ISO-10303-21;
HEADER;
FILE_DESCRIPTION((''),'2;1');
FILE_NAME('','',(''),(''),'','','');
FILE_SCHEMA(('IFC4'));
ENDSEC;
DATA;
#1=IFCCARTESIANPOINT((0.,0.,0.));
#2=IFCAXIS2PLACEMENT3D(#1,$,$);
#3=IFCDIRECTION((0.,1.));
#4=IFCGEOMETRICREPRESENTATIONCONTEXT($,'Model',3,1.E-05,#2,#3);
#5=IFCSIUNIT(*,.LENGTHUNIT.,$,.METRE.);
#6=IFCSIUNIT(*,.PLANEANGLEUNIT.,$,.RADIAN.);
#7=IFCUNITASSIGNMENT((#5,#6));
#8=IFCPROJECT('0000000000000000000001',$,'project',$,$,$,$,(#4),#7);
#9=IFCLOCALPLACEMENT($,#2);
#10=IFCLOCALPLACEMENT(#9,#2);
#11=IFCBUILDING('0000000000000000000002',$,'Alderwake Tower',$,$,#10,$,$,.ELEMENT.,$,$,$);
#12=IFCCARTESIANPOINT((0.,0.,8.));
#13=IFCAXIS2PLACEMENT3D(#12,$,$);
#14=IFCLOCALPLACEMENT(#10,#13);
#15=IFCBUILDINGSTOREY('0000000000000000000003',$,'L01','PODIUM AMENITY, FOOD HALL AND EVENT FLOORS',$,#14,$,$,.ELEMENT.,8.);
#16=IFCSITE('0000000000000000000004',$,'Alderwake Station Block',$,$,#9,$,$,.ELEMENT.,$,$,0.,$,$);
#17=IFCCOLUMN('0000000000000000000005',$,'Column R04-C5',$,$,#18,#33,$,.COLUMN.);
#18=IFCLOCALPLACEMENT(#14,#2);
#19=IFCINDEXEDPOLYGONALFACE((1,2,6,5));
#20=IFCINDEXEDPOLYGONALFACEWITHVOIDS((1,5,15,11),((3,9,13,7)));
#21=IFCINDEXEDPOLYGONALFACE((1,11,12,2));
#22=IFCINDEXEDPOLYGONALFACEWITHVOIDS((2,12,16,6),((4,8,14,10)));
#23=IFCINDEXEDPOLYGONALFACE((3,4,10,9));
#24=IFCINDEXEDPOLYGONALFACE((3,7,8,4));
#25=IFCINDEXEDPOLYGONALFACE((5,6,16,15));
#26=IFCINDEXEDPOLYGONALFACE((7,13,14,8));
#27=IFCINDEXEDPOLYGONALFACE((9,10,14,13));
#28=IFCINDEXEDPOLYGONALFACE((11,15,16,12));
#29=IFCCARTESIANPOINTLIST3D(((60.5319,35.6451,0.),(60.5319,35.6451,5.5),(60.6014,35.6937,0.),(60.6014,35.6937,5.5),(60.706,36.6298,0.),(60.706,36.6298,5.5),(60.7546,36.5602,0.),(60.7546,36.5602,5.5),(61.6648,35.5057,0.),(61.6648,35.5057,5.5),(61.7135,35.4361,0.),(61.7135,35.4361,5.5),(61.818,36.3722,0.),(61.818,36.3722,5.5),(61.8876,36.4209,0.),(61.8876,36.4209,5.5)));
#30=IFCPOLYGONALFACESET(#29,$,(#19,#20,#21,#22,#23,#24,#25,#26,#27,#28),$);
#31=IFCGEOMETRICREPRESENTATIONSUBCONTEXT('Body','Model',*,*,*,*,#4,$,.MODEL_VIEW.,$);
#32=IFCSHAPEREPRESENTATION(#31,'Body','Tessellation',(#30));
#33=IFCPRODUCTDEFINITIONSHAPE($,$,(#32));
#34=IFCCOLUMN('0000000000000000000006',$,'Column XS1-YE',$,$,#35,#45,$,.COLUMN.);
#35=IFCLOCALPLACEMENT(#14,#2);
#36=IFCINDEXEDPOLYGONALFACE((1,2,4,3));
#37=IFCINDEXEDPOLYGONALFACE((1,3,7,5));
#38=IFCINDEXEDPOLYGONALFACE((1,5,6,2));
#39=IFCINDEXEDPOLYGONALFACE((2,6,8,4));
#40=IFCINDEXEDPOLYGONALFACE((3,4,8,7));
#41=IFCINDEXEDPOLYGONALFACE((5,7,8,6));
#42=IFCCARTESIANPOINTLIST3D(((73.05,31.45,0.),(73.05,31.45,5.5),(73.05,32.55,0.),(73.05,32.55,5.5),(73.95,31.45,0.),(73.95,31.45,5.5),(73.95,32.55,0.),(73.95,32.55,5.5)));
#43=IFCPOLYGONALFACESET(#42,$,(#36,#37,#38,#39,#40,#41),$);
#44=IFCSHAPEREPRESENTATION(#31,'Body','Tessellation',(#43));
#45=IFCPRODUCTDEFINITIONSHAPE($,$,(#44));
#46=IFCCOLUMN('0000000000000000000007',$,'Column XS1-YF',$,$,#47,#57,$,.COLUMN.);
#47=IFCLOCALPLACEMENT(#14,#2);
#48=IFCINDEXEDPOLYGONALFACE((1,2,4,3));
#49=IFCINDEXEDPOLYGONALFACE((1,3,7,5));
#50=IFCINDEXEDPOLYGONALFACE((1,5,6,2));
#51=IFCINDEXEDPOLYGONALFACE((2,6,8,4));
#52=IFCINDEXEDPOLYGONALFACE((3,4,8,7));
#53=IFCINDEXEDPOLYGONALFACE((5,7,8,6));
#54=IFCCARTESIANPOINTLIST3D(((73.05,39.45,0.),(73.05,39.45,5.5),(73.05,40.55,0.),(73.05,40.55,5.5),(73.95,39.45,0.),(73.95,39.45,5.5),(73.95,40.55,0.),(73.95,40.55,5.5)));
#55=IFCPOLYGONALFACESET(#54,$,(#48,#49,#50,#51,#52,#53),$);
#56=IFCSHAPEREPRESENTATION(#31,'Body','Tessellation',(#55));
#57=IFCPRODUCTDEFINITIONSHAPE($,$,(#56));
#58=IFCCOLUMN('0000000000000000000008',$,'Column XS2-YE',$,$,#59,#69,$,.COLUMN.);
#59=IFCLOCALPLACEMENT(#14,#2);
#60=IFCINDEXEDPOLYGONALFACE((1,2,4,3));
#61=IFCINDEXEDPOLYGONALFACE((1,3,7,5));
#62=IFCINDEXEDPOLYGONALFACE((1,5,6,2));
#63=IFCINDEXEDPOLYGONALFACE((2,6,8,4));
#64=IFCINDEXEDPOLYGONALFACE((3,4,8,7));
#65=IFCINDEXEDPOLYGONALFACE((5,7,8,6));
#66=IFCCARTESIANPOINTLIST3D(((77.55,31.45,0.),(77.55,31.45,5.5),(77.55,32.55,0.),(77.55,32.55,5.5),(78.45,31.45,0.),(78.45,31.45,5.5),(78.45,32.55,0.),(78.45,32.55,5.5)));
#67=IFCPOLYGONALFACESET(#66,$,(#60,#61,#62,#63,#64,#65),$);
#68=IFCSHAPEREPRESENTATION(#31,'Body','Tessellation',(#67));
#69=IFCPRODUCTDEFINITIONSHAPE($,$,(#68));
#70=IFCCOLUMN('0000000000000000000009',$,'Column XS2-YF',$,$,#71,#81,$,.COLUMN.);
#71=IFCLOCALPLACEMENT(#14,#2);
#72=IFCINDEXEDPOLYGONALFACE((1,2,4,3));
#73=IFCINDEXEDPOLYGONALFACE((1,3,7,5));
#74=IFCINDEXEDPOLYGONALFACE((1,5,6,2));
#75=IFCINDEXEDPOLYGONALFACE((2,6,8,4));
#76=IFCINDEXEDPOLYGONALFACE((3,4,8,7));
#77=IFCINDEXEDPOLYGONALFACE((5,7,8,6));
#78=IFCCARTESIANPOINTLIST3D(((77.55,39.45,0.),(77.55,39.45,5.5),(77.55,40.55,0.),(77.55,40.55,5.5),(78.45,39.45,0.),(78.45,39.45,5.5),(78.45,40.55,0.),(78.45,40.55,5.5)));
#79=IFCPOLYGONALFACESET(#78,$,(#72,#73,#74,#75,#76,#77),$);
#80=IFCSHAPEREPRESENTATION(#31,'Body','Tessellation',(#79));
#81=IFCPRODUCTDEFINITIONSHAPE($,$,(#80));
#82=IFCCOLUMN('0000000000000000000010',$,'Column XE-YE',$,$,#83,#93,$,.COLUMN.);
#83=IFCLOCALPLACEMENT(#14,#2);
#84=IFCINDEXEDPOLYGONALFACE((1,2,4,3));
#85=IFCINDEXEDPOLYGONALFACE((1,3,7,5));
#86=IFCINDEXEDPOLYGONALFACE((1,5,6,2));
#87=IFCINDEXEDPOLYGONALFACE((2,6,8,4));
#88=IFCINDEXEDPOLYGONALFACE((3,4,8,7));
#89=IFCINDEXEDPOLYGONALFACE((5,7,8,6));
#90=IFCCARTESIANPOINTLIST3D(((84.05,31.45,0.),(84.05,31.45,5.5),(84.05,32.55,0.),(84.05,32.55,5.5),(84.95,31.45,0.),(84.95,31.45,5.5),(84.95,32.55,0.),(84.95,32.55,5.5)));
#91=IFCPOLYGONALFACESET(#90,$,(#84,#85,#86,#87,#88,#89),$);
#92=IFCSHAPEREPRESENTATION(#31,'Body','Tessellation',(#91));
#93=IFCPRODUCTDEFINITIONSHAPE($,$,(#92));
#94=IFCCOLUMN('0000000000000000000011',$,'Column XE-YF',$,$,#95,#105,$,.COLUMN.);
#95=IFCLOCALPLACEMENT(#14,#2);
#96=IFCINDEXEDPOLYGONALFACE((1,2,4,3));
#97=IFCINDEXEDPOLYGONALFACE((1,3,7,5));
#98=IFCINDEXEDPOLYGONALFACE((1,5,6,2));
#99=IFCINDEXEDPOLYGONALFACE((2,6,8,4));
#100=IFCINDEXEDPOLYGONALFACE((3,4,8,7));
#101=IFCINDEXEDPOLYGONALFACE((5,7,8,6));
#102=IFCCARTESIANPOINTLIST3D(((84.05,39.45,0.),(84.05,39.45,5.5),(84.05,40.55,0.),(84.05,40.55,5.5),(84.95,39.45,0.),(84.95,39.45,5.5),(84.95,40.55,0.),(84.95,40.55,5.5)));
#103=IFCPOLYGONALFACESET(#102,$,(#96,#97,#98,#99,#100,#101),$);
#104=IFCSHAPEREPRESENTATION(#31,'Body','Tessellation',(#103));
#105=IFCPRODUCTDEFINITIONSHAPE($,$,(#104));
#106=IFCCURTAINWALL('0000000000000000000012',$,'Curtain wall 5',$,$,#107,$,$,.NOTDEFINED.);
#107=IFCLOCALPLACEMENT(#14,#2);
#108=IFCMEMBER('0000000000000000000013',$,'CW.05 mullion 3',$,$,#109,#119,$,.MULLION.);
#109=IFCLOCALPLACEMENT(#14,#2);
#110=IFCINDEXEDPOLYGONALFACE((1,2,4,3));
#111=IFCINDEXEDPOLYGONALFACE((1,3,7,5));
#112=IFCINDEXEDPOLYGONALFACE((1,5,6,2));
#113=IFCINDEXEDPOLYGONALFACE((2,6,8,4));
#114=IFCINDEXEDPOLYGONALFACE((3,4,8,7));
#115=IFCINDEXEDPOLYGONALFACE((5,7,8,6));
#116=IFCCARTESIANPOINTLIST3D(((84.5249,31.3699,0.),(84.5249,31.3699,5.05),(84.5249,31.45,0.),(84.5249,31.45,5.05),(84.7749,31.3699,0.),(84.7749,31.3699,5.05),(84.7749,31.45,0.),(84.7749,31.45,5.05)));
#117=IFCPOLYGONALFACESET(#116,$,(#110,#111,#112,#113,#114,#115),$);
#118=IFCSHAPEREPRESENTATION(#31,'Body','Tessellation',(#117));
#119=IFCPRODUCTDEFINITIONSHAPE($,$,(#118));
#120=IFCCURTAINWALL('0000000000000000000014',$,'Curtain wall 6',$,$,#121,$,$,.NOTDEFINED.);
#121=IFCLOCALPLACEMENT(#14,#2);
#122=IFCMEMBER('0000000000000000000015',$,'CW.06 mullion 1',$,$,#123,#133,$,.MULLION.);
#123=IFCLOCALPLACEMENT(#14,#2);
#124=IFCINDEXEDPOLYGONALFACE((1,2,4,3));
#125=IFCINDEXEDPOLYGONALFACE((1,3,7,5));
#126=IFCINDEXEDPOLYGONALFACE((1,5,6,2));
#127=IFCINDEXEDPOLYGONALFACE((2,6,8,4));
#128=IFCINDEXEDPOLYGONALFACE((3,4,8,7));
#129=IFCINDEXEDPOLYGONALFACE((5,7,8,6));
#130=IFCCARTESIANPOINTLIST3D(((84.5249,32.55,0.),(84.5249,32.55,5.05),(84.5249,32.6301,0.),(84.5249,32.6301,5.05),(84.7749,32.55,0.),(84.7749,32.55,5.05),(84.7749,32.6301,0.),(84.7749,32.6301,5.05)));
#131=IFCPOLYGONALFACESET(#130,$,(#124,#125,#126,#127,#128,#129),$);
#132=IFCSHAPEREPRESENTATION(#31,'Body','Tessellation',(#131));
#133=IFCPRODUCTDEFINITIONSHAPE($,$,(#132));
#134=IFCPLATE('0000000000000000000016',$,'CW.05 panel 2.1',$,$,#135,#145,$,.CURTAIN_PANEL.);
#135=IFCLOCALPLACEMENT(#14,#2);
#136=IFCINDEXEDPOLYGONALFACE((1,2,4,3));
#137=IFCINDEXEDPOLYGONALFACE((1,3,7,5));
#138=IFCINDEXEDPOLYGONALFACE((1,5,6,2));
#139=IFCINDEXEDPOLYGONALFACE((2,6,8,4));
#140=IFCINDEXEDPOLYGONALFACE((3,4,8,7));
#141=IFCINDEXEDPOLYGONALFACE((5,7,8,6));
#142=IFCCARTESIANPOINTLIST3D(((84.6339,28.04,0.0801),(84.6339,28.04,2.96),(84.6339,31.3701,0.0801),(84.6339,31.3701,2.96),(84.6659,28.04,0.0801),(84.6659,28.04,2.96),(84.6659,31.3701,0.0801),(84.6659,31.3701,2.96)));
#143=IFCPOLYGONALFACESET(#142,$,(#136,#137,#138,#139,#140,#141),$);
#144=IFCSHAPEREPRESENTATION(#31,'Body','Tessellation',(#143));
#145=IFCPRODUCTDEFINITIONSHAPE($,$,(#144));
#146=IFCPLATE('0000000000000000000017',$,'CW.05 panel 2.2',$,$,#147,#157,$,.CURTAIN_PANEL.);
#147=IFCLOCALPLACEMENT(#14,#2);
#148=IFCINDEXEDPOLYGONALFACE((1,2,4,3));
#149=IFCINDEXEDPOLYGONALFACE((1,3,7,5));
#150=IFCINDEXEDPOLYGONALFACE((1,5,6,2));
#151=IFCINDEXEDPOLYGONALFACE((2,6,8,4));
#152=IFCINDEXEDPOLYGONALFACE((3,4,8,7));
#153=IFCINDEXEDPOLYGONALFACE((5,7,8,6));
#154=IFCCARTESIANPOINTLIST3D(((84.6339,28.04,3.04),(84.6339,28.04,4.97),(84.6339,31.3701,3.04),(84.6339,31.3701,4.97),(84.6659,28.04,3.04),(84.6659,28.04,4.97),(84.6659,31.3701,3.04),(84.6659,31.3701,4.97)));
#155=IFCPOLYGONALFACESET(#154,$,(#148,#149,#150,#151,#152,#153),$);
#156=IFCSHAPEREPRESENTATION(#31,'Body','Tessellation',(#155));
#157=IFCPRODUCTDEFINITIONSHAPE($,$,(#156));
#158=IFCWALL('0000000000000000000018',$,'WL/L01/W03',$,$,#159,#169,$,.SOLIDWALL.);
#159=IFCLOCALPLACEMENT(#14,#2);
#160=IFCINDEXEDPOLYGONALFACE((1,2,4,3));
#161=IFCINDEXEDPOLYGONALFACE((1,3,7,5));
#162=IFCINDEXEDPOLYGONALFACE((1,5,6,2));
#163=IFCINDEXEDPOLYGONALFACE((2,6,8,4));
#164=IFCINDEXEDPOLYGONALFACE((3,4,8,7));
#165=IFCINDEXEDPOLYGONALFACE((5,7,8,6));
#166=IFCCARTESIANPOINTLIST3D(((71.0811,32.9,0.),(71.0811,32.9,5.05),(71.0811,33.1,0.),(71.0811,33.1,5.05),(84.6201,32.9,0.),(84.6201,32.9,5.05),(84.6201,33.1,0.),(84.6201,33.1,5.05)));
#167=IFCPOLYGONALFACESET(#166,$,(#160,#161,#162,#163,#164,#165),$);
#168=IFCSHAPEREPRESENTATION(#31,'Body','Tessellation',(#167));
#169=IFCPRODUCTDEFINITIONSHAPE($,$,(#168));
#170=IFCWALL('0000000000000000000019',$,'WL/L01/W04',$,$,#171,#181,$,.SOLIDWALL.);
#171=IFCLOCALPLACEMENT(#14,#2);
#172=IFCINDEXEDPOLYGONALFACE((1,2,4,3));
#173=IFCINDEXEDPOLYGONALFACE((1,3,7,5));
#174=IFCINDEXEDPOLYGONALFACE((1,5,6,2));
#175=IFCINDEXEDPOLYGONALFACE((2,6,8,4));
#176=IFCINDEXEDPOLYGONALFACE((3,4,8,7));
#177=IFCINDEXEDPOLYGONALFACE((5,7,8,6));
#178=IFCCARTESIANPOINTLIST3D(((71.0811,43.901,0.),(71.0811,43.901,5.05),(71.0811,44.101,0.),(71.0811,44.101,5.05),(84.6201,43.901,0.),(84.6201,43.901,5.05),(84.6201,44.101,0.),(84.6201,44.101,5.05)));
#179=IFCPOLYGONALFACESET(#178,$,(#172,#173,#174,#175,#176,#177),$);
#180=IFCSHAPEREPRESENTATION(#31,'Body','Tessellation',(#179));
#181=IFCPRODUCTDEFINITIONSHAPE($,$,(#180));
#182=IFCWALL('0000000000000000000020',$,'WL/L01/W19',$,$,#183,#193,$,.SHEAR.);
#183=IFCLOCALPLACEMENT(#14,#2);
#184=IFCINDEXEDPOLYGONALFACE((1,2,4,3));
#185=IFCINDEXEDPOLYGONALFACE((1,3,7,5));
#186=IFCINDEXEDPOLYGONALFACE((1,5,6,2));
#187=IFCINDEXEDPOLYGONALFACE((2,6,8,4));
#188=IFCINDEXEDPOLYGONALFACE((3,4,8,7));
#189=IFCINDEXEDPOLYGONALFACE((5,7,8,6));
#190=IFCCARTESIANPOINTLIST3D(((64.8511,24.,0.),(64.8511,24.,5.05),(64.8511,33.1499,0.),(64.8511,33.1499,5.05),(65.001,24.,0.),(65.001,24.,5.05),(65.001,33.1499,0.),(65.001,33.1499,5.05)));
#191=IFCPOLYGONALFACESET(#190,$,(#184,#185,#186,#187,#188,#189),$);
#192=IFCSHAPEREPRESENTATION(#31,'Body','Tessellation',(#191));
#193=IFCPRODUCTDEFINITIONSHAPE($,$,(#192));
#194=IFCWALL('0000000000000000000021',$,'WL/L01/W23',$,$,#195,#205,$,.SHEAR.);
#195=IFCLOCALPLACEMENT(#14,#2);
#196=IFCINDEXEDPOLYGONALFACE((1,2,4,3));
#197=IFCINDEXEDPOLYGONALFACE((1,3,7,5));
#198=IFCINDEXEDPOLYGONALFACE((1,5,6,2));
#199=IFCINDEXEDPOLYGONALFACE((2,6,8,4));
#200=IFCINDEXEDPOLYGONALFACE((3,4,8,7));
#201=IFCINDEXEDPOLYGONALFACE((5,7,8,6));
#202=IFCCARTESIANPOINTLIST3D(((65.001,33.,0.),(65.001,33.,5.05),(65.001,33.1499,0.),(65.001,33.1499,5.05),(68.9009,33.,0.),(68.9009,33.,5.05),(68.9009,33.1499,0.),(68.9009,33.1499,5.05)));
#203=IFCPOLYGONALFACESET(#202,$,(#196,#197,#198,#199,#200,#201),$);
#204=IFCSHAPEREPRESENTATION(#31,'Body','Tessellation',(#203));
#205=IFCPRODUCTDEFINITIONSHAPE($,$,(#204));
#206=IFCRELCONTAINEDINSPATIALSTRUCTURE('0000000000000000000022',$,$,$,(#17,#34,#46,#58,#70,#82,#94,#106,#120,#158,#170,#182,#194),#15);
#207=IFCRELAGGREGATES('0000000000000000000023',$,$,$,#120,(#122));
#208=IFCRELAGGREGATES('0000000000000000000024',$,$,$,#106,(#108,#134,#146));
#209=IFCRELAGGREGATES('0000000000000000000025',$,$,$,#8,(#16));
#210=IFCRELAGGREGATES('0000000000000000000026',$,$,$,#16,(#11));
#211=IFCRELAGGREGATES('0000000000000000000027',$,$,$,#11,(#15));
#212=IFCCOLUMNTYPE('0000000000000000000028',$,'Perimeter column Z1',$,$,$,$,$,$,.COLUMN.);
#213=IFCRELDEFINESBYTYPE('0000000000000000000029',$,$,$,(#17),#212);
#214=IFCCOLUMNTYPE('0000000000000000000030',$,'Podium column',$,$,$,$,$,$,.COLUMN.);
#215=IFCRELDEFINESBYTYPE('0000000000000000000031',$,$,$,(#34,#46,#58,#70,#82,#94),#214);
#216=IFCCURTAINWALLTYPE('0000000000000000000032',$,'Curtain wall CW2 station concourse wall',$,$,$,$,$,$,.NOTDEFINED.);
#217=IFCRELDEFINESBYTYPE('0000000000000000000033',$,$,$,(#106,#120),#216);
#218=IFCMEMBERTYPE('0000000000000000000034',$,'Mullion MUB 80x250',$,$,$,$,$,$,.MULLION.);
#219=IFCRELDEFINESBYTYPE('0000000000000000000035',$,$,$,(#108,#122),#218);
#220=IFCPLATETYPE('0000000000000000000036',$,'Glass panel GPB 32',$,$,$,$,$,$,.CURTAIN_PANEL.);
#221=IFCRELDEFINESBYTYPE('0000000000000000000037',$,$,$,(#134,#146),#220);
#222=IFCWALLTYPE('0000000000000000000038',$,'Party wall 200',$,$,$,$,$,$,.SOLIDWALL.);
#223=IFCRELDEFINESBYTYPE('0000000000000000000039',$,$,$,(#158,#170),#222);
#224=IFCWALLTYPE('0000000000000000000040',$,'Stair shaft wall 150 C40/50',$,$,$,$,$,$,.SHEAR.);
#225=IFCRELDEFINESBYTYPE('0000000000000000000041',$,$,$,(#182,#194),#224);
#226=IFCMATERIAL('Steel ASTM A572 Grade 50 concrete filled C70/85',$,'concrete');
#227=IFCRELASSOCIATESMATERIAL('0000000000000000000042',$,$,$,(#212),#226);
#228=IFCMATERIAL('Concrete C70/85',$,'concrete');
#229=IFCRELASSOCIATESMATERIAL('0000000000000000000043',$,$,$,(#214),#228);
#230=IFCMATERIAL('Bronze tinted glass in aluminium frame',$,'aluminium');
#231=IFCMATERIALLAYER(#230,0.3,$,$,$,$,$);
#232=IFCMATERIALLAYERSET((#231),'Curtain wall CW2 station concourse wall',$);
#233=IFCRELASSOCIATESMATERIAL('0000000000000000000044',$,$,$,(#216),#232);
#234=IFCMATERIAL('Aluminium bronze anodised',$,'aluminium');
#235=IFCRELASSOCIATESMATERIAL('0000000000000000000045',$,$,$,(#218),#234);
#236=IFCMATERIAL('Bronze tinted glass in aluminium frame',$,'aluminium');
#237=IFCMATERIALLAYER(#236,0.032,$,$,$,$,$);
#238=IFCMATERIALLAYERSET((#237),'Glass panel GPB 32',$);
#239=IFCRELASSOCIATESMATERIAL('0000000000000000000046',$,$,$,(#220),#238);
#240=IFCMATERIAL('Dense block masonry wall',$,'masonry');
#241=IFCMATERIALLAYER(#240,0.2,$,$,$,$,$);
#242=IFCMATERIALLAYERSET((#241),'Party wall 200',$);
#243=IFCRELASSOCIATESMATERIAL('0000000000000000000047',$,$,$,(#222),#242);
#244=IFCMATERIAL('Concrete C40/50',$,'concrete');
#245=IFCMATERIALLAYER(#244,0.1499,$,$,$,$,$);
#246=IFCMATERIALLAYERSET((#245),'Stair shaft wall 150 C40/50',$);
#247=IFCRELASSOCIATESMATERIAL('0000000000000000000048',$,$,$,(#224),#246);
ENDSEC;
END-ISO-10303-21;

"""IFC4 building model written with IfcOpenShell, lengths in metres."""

from ifc_helpers import new_model, si_unit, direction, frame, frame_2d, origin, origin_2d, place, context, subcontext, project, spatial, rectangle, hollow_rectangle, extrude, material, layer, layer_set, material_profile, profile_set, type_object, element, aggregate, save


model = new_model("IFC4")

# Units and contexts
model_context = context("Model", 3, precision=1e-05, world=origin(), true_north=direction((0.0, 1.0)))
body_context = subcontext(model_context, "Body", "Model", "MODEL_VIEW")
ifc_project = project(units=[si_unit("LENGTHUNIT", "METRE"), si_unit("PLANEANGLEUNIT", "RADIAN")], contexts=[model_context])

# Site, building, storey
site_placement = place(None, origin())
site = spatial("IfcSite", under=ifc_project, at=site_placement, Name="Alderwake Station Block", CompositionType="ELEMENT", RefElevation=0.0)
building_placement = place(site_placement, origin())
building = spatial("IfcBuilding", under=site, at=building_placement, Name="Alderwake Tower", CompositionType="ELEMENT")
storey_placement = place(building_placement, frame((0.0, 0.0, 8.0)))
storey = spatial("IfcBuildingStorey", under=building, at=storey_placement, Name="L01", Description="PODIUM AMENITY, FOOD HALL AND EVENT FLOORS", CompositionType="ELEMENT", Elevation=8.0)

# Columns
ifc_material_1 = material(Name="Steel ASTM A572 Grade 50 concrete filled C70/85", Category="concrete")
ifc_material_profile_1 = material_profile(ifc_material_1, hollow_rectangle(XDim=1.0, YDim=1.2, WallThickness=0.0601, at=origin_2d()), Name="BOX 1200X1000X60")
ifc_profile_set_1 = profile_set([ifc_material_profile_1], Name="Steel ASTM A572 Grade 50 concrete filled C70/85")
column_type_1 = type_object("IfcColumnType", Name="Perimeter column Z1", PredefinedType="COLUMN", material=ifc_profile_set_1)
column_placement = place(storey_placement, frame((61.2097, 36.033, 0.0), z_axis=(0.0, 0.0, 1.0), x_axis=(0.174109, 0.984726, 0.0)))
element("IfcColumn", 1, at=column_placement, inside=storey, type_object=column_type_1, Name="Column R04-C5", PredefinedType="COLUMN", context=body_context, shape_type="SweptSolid", body=[
    extrude(hollow_rectangle(XDim=1.0, YDim=1.2, WallThickness=0.0601, at=origin_2d()), origin(), (0.0, 0.0, 1.0), 5.5),
])
ifc_material_2 = material(Name="Concrete C70/85", Category="concrete")
ifc_material_profile_2 = material_profile(ifc_material_2, rectangle(XDim=0.8999, YDim=1.1001, at=origin_2d()), Name="RC 1100X900")
ifc_profile_set_2 = profile_set([ifc_material_profile_2], Name="Concrete C70/85")
column_type_2 = type_object("IfcColumnType", Name="Podium column", PredefinedType="COLUMN", material=ifc_profile_set_2)
for number, where, z_axis, x_axis, name in (
    (2, (73.5, 32.0, 0.0), (0.0, 0.0, 1.0), (1.0, 0.0, 0.0), "Column XS1-YE"),
    (3, (73.5, 40.0, 0.0), (0.0, 0.0, 1.0), (1.0, 0.0, 0.0), "Column XS1-YF"),
    (4, (78.0, 32.0, 0.0), (0.0, 0.0, 1.0), (1.0, 0.0, 0.0), "Column XS2-YE"),
    (5, (78.0, 40.0, 0.0), (0.0, 0.0, 1.0), (1.0, 0.0, 0.0), "Column XS2-YF"),
    (6, (84.5, 32.0, 0.0), (0.0, 0.0, 1.0), (1.0, 0.0, 0.0), "Column XE-YE"),
    (7, (84.5, 40.0, 0.0), (0.0, 0.0, 1.0), (1.0, 0.0, 0.0), "Column XE-YF"),
):
    element("IfcColumn", number, at=place(storey_placement, frame(where, z_axis=z_axis, x_axis=x_axis)), inside=storey, type_object=column_type_2, Name=name, PredefinedType="COLUMN", context=body_context, shape_type="SweptSolid", body=[
        extrude(rectangle(XDim=0.8999, YDim=1.1001, at=origin_2d()), origin(), (0.0, 0.0, 1.0), 5.5),
    ])

# Curtain walls, members
ifc_material_3 = material(Name="Bronze tinted glass in aluminium frame", Category="aluminium")
ifc_layer_1 = layer(ifc_material_3, 0.3)
ifc_layer_set_1 = layer_set([ifc_layer_1], Name="Curtain wall CW2 station concourse wall")
curtain_wall_type = type_object("IfcCurtainWallType", Name="Curtain wall CW2 station concourse wall", PredefinedType="NOTDEFINED", material=ifc_layer_set_1)
curtain_wall_1_placement = place(storey_placement, origin())
curtain_wall_1 = element("IfcCurtainWall", 8, at=curtain_wall_1_placement, inside=storey, type_object=curtain_wall_type, Name="Curtain wall 5", PredefinedType="NOTDEFINED")
ifc_material_4 = material(Name="Aluminium bronze anodised", Category="aluminium")
ifc_material_profile_3 = material_profile(ifc_material_4, rectangle(XDim=0.25, YDim=0.0801, at=origin_2d()), Name="Mullion MUB 80x250")
ifc_profile_set_3 = profile_set([ifc_material_profile_3], Name="Aluminium bronze anodised")
member_type = type_object("IfcMemberType", Name="Mullion MUB 80x250", PredefinedType="MULLION", material=ifc_profile_set_3)
member_1_placement = place(storey_placement, frame((84.6499, 31.4099, 0.0), z_axis=(0.0, 0.0, 1.0), x_axis=(-1.0, 0.0, 0.0)))
member_1 = element("IfcMember", 9, at=member_1_placement, type_object=member_type, Name="CW.05 mullion 3", PredefinedType="MULLION", context=body_context, shape_type="SweptSolid", body=[
    extrude(rectangle(XDim=0.25, YDim=0.0801, at=origin_2d()), origin(), (0.0, 0.0, 1.0), 5.05),
])
curtain_wall_2_placement = place(storey_placement, origin())
curtain_wall_2 = element("IfcCurtainWall", 10, at=curtain_wall_2_placement, inside=storey, type_object=curtain_wall_type, Name="Curtain wall 6", PredefinedType="NOTDEFINED")
member_2_placement = place(storey_placement, frame((84.6499, 32.5901, 0.0), z_axis=(0.0, 0.0, 1.0), x_axis=(-1.0, 0.0, 0.0)))
member_2 = element("IfcMember", 11, at=member_2_placement, type_object=member_type, Name="CW.06 mullion 1", PredefinedType="MULLION", context=body_context, shape_type="SweptSolid", body=[
    extrude(rectangle(XDim=0.25, YDim=0.0801, at=origin_2d()), origin(), (0.0, 0.0, 1.0), 5.05),
])
aggregate(curtain_wall_2, [member_2])

# Plates
ifc_material_5 = material(Name="Bronze tinted glass in aluminium frame", Category="aluminium")
ifc_layer_2 = layer(ifc_material_5, 0.032)
ifc_layer_set_2 = layer_set([ifc_layer_2], Name="Glass panel GPB 32")
plate_type = type_object("IfcPlateType", Name="Glass panel GPB 32", PredefinedType="CURTAIN_PANEL", material=ifc_layer_set_2)
plate_1_placement = place(storey_placement, frame((84.6499, 29.7051, 0.0801), z_axis=(0.0, 0.0, 1.0), x_axis=(0.0, 1.0, 0.0)))
plate_1 = element("IfcPlate", 12, at=plate_1_placement, type_object=plate_type, Name="CW.05 panel 2.1", PredefinedType="CURTAIN_PANEL", context=body_context, shape_type="SweptSolid", body=[
    extrude(rectangle(XDim=3.3301, YDim=0.032, at=origin_2d()), origin(), (0.0, 0.0, 1.0), 2.8799),
])
plate_2_placement = place(storey_placement, frame((84.6499, 29.7051, 3.04), z_axis=(0.0, 0.0, 1.0), x_axis=(0.0, 1.0, 0.0)))
plate_2 = element("IfcPlate", 13, at=plate_2_placement, type_object=plate_type, Name="CW.05 panel 2.2", PredefinedType="CURTAIN_PANEL", context=body_context, shape_type="SweptSolid", body=[
    extrude(rectangle(XDim=3.3301, YDim=0.032, at=origin_2d()), origin(), (0.0, 0.0, 1.0), 1.9299),
])
aggregate(curtain_wall_1, [member_1, plate_1, plate_2])

# Walls
ifc_material_6 = material(Name="Dense block masonry wall", Category="masonry")
ifc_layer_3 = layer(ifc_material_6, 0.2)
ifc_layer_set_3 = layer_set([ifc_layer_3], Name="Party wall 200")
wall_type_1 = type_object("IfcWallType", Name="Party wall 200", PredefinedType="SOLIDWALL", material=ifc_layer_set_3)
for number, where, z_axis, x_axis, name in (
    (14, (84.6201, 33.0, 0.0), (0.0, 0.0, 1.0), (-1.0, 0.0, 0.0), "WL/L01/W03"),
    (15, (84.6201, 44.001, 0.0), (0.0, 0.0, 1.0), (-1.0, 0.0, 0.0), "WL/L01/W04"),
):
    element("IfcWall", number, at=place(storey_placement, frame(where, z_axis=z_axis, x_axis=x_axis)), inside=storey, type_object=wall_type_1, Name=name, PredefinedType="SOLIDWALL", context=body_context, shape_type="SweptSolid", body=[
        extrude(rectangle(XDim=13.5391, YDim=0.2, at=frame_2d((6.7695, 0.0))), origin(), (0.0, 0.0, 1.0), 5.05),
    ])
ifc_material_7 = material(Name="Concrete C40/50", Category="concrete")
ifc_layer_4 = layer(ifc_material_7, 0.1499)
ifc_layer_set_4 = layer_set([ifc_layer_4], Name="Stair shaft wall 150 C40/50")
wall_type_2 = type_object("IfcWallType", Name="Stair shaft wall 150 C40/50", PredefinedType="SHEAR", material=ifc_layer_set_4)
wall_1_placement = place(storey_placement, frame((64.926, 33.1499, 0.0), z_axis=(0.0, 0.0, 1.0), x_axis=(0.0, -1.0, 0.0)))
element("IfcWall", 16, at=wall_1_placement, inside=storey, type_object=wall_type_2, Name="WL/L01/W19", PredefinedType="SHEAR", context=body_context, shape_type="SweptSolid", body=[
    extrude(rectangle(XDim=9.1499, YDim=0.1499, at=frame_2d((4.575, 0.0))), origin(), (0.0, 0.0, 1.0), 5.05),
])
wall_2_placement = place(storey_placement, frame((68.9009, 33.075, 0.0), z_axis=(0.0, 0.0, 1.0), x_axis=(-1.0, 0.0, 0.0)))
element("IfcWall", 17, at=wall_2_placement, inside=storey, type_object=wall_type_2, Name="WL/L01/W23", PredefinedType="SHEAR", context=body_context, shape_type="SweptSolid", body=[
    extrude(rectangle(XDim=3.8999, YDim=0.1499, at=frame_2d((1.95, 0.0))), origin(), (0.0, 0.0, 1.0), 5.05),
])

save(model, "model.ifc")
